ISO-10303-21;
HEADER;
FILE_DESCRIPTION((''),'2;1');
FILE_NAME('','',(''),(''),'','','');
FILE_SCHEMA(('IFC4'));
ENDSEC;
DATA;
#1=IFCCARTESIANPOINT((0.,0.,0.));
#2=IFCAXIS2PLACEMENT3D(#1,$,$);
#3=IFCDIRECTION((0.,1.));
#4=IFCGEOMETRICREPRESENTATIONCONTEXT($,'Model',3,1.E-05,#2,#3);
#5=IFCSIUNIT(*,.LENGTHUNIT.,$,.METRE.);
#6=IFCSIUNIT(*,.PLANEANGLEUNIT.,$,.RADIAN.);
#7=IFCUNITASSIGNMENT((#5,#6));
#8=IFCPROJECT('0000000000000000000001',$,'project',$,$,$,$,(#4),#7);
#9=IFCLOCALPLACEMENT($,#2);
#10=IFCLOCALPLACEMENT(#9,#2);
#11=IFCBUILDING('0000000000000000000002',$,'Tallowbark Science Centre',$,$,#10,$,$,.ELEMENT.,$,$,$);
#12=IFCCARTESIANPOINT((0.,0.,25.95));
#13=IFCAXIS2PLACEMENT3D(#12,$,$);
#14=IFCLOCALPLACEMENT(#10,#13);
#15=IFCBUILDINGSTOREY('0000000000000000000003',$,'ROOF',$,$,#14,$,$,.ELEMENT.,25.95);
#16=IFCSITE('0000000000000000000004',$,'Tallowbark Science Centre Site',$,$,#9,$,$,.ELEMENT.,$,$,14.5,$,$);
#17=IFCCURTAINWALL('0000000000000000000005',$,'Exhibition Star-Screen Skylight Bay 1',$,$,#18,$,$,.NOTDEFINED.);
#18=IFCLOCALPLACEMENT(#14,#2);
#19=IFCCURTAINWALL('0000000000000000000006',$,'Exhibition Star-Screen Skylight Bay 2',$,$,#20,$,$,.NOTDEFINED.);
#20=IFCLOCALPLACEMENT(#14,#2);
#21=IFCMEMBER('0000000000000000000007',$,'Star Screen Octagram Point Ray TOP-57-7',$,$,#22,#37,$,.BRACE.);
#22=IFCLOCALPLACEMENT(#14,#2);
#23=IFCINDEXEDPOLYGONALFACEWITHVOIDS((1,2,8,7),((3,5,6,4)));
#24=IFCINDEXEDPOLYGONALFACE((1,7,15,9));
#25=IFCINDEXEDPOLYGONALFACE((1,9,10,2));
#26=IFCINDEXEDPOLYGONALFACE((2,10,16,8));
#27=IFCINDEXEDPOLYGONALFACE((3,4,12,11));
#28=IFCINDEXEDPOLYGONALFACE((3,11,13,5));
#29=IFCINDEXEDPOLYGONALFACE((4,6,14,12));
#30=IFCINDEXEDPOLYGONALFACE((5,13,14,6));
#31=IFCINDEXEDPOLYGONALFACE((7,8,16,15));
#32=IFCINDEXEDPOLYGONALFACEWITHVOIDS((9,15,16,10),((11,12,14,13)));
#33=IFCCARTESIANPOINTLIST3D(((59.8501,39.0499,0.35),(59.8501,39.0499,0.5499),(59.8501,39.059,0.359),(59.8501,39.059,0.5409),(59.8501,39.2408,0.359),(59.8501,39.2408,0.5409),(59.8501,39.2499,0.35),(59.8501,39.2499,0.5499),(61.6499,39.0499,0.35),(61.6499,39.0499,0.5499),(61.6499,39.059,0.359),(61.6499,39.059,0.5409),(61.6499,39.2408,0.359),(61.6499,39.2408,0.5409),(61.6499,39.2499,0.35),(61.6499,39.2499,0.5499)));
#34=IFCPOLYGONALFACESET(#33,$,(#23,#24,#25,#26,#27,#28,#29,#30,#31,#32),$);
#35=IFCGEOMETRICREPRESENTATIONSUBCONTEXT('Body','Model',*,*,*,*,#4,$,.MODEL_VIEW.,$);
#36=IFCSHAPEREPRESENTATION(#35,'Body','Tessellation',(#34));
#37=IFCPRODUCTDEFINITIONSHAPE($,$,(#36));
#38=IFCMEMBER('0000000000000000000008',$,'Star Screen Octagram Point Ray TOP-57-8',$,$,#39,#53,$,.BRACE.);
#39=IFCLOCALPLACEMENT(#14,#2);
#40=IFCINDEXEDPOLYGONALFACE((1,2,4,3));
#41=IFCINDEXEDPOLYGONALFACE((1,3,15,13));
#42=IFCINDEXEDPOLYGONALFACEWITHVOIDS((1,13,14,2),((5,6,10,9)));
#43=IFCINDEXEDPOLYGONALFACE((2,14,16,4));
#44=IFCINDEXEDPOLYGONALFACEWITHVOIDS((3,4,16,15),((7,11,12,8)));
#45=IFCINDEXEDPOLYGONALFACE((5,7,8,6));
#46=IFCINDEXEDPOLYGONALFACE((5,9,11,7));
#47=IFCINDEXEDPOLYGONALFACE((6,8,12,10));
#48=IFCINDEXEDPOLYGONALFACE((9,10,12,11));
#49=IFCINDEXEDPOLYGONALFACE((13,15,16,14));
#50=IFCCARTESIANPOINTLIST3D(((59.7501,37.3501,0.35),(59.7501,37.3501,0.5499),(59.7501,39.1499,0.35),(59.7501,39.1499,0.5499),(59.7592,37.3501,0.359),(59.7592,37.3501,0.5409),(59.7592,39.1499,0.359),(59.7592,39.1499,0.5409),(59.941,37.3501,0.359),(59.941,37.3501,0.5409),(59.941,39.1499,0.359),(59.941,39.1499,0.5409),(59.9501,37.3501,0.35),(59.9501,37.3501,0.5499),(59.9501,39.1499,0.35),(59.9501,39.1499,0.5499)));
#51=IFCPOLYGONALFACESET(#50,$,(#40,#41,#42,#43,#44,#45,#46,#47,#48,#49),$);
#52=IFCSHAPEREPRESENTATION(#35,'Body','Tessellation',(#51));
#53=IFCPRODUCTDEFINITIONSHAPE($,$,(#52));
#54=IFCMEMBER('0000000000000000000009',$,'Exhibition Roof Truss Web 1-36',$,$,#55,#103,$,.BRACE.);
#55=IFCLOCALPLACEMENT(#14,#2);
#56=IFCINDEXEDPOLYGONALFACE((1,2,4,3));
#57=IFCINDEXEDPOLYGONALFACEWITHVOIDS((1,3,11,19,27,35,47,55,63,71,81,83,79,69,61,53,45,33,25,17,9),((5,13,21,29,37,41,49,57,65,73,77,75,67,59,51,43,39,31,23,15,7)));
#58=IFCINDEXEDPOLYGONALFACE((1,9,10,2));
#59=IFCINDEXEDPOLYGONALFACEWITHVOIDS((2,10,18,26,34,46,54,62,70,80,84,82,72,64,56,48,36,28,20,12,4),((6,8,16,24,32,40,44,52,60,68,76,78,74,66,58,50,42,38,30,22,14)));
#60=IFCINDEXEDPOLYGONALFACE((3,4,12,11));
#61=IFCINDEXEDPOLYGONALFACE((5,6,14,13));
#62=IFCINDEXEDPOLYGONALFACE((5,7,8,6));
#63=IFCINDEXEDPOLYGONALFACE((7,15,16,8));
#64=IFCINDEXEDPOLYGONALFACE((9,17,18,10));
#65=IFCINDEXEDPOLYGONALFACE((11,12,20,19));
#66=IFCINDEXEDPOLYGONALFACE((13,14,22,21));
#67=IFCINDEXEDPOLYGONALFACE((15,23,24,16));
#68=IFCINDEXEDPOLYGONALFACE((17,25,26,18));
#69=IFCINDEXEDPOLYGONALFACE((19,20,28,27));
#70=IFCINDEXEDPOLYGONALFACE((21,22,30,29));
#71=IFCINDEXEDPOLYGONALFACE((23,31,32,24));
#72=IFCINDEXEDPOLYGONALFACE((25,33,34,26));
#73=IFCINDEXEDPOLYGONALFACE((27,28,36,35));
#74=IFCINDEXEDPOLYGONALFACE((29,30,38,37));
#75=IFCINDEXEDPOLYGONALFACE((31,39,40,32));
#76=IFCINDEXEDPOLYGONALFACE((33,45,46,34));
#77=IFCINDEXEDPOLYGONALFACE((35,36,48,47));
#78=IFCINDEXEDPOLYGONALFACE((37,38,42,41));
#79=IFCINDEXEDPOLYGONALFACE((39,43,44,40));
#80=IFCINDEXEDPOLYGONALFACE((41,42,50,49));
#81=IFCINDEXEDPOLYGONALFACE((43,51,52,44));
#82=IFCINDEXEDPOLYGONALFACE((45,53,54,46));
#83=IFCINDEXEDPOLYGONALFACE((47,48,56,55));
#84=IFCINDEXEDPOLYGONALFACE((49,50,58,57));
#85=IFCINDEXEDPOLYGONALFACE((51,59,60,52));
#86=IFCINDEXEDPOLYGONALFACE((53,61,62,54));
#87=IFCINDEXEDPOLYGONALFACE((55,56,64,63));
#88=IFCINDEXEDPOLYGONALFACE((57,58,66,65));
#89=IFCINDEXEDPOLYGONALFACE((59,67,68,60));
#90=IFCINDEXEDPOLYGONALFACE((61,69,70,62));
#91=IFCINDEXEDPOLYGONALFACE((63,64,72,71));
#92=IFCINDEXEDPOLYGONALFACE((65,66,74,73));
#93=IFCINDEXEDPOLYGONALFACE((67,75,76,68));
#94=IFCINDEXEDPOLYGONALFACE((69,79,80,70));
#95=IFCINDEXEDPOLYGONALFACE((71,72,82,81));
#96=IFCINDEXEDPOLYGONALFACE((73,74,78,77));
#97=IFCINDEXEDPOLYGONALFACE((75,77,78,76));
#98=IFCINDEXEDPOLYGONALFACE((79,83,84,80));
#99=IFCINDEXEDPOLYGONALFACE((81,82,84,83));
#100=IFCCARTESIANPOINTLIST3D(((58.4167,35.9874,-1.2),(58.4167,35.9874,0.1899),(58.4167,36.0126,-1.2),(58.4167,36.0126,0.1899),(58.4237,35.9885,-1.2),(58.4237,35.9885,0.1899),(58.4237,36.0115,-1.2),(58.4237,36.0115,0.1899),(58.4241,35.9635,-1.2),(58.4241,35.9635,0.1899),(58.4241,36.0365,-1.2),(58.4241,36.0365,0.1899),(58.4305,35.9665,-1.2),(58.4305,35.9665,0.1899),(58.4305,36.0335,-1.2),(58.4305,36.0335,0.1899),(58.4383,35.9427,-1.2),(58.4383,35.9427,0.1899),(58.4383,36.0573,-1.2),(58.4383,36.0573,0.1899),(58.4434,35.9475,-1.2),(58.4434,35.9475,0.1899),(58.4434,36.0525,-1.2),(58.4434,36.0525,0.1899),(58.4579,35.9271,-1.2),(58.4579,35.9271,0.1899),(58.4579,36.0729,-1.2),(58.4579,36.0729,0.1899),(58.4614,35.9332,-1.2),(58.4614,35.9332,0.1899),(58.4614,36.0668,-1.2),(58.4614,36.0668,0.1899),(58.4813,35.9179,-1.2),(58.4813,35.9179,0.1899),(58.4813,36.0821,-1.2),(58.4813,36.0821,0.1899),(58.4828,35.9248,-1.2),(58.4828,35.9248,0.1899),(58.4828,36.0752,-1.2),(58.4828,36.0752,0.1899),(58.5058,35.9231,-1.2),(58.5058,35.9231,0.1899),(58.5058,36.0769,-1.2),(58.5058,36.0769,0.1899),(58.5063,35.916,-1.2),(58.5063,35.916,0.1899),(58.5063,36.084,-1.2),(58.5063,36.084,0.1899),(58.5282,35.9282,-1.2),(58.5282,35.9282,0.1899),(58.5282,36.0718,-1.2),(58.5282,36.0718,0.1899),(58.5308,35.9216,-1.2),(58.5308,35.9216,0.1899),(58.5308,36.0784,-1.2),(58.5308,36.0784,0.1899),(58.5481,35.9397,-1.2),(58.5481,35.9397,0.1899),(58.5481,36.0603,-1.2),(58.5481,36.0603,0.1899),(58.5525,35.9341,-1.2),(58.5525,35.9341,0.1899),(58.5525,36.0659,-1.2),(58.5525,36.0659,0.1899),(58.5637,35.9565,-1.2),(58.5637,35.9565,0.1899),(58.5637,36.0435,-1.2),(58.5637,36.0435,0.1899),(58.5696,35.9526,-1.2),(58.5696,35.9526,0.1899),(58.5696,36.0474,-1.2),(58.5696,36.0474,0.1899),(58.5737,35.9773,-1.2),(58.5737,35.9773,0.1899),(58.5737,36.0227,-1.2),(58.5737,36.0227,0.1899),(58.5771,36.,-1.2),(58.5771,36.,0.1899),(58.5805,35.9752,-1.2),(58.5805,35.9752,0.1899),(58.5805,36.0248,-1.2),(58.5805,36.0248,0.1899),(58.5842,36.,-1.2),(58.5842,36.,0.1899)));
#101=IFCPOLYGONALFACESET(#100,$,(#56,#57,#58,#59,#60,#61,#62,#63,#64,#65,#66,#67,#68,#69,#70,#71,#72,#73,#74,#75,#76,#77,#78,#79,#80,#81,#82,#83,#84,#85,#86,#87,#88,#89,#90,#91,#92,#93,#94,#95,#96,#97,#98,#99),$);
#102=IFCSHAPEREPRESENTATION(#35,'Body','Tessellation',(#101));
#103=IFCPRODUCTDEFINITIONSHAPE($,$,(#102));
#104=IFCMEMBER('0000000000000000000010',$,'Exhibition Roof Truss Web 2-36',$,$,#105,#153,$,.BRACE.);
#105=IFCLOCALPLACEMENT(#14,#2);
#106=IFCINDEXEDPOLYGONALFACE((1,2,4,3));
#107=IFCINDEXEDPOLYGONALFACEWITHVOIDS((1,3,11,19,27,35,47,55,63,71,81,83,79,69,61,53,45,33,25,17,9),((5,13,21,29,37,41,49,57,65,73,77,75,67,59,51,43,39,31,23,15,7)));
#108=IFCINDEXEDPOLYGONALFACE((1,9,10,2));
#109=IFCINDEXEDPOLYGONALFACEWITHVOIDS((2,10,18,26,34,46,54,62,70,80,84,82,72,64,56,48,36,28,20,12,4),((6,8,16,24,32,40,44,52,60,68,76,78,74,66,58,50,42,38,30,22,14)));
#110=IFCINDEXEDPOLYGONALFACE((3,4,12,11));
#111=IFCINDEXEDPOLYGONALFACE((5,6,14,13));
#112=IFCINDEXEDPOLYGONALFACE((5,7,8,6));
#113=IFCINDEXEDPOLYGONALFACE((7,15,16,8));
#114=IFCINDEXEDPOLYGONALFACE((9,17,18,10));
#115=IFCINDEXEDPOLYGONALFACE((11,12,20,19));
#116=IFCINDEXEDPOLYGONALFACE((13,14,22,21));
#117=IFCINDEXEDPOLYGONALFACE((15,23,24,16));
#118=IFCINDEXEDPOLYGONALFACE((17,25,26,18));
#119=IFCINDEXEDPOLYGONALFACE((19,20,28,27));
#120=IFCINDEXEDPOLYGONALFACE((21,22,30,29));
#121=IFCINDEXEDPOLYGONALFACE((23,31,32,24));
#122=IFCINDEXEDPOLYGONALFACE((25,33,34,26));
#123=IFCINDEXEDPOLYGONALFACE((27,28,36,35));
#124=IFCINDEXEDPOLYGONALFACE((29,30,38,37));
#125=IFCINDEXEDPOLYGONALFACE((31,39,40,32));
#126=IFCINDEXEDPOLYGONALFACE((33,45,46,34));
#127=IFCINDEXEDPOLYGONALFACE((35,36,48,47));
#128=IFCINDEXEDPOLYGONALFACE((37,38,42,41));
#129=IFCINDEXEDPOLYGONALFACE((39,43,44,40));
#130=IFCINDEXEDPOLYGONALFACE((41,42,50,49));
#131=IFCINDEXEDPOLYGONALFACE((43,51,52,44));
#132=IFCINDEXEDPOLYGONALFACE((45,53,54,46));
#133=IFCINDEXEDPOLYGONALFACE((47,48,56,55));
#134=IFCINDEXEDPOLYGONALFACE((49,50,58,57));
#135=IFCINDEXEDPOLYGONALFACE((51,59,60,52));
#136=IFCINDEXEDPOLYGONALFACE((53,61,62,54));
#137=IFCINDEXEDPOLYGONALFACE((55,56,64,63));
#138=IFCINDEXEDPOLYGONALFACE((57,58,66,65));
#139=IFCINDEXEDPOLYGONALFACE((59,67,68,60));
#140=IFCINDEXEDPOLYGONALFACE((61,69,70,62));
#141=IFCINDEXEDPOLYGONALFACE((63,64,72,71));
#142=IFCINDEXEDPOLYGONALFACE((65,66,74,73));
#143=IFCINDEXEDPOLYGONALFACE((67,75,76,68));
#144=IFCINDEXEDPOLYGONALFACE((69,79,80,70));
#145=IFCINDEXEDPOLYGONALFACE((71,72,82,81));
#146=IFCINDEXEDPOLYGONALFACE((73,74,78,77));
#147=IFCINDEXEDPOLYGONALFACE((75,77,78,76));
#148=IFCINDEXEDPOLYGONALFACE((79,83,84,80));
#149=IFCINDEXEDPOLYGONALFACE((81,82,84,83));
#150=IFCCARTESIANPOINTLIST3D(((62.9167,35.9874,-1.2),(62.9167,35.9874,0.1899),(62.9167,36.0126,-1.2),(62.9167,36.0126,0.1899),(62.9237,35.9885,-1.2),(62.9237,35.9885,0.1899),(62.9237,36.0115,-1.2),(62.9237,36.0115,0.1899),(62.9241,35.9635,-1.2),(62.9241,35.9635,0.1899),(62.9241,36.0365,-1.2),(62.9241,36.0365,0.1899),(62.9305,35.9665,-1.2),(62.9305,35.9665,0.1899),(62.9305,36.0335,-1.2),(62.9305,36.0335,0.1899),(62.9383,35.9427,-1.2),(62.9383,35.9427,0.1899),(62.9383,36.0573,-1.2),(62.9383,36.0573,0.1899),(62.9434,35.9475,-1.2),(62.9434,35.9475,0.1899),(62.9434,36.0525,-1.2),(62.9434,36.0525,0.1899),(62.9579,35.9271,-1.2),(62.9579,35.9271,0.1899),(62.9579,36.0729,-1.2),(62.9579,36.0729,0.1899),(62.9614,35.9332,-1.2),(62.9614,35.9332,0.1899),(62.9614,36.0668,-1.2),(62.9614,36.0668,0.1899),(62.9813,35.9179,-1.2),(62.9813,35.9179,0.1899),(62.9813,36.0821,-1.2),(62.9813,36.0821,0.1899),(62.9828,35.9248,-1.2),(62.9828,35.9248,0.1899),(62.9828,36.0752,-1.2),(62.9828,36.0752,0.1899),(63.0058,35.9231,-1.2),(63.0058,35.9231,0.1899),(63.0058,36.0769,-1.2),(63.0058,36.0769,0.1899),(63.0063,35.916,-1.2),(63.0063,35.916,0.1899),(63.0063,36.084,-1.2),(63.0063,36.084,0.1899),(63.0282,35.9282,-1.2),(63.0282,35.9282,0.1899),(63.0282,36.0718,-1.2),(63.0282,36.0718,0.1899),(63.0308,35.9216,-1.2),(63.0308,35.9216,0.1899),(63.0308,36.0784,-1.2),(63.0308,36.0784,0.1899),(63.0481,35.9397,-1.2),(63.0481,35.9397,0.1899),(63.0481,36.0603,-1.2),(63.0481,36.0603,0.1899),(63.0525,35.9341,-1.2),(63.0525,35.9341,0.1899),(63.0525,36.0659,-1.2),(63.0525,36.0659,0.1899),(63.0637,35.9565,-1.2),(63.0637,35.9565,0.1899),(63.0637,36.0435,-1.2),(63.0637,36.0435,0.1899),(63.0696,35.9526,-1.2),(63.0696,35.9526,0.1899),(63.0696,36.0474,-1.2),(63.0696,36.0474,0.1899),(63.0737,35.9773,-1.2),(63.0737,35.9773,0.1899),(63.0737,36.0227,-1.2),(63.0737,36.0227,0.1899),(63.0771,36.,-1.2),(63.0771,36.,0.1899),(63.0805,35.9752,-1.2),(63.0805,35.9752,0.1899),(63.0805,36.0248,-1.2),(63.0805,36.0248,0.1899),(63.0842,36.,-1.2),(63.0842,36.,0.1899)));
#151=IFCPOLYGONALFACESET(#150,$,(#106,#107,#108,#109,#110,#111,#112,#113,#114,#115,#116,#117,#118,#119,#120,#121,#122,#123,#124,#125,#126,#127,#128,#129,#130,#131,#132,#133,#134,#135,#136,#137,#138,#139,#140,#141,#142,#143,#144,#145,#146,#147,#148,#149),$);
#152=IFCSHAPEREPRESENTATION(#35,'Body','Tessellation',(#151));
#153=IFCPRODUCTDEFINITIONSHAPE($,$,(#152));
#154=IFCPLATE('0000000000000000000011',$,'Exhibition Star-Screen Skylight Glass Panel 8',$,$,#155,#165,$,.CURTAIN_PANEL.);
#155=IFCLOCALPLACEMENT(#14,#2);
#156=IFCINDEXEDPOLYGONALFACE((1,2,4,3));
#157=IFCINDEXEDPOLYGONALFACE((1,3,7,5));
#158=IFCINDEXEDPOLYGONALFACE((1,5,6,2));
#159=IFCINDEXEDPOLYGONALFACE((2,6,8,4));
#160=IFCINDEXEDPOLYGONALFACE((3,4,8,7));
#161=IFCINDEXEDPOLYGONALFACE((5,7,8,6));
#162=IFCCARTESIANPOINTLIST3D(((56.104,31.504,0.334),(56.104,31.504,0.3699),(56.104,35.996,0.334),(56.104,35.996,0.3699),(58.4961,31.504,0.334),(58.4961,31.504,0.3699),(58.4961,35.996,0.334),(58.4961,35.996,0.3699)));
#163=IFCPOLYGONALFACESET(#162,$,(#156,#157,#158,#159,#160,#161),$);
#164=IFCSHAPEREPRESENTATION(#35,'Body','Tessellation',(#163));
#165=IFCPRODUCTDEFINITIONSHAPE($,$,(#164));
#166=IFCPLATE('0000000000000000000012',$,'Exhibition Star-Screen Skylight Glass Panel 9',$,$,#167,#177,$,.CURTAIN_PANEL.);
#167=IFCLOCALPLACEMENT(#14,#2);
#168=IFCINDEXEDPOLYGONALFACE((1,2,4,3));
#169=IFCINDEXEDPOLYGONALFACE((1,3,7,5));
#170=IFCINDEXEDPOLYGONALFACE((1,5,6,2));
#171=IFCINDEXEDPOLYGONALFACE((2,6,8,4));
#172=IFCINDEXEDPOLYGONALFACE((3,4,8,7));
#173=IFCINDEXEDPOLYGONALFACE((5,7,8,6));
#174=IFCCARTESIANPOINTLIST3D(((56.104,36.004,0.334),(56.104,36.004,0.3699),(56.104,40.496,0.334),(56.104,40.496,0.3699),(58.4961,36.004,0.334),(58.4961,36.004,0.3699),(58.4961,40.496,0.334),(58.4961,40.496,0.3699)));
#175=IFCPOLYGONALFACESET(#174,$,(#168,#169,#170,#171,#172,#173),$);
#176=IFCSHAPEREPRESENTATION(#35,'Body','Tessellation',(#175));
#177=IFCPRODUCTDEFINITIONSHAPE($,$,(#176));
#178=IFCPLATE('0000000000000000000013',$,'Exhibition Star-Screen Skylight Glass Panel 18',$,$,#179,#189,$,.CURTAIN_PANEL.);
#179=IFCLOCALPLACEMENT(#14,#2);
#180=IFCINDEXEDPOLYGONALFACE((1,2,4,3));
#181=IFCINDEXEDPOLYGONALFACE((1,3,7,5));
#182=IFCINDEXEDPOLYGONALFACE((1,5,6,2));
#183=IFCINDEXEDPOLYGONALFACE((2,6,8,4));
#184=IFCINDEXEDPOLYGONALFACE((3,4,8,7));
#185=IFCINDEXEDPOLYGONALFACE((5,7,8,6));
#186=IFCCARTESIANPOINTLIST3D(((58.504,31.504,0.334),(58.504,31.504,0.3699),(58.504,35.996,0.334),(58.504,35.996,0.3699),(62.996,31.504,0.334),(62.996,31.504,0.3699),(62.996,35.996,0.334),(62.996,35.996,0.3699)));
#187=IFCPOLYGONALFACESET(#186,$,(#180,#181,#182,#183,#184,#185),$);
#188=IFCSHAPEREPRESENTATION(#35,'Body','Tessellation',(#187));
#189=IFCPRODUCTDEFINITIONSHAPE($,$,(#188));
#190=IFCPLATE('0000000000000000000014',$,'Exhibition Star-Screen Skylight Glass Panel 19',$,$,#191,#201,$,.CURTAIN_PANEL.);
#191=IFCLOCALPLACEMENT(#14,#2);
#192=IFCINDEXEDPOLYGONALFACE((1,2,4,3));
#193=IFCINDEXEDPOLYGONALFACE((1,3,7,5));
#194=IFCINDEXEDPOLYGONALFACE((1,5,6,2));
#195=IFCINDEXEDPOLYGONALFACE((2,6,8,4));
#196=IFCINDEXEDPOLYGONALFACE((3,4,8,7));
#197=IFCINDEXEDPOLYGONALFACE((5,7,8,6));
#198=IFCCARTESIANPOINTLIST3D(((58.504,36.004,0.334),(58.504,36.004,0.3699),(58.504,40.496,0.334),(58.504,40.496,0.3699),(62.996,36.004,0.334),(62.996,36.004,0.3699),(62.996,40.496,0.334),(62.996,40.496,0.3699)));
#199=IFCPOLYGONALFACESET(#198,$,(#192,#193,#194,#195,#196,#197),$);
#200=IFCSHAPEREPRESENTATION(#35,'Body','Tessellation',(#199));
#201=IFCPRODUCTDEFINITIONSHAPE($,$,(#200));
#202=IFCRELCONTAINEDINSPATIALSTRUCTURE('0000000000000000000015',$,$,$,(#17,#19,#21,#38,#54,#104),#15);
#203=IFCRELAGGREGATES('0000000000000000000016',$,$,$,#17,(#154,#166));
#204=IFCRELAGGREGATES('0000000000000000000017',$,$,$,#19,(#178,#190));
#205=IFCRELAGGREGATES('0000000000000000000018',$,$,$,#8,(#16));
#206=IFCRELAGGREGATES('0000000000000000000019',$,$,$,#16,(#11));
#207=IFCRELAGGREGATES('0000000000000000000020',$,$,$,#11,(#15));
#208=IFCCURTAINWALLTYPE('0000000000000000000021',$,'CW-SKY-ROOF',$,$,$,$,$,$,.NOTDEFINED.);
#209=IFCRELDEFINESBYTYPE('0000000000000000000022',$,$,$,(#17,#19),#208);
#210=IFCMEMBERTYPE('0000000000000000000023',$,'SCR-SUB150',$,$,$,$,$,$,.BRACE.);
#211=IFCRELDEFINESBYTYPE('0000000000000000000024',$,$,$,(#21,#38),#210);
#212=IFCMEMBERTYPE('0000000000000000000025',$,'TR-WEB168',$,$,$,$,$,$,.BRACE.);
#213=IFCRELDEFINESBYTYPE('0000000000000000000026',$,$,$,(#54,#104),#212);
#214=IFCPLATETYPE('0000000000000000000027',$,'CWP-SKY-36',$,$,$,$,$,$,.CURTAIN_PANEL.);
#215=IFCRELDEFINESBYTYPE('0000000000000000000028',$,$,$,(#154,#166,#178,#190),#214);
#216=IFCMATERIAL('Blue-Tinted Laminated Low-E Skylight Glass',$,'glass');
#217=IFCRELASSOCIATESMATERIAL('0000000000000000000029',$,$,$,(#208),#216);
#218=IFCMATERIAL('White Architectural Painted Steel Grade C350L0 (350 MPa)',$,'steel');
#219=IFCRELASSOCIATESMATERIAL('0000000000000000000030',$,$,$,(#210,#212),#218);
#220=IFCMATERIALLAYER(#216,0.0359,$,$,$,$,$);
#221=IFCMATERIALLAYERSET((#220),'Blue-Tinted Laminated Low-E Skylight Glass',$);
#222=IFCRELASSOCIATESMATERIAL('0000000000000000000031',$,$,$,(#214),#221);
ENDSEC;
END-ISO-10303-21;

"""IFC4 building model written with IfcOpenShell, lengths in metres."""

from ifc_helpers import new_model, si_unit, direction, frame, origin, origin_2d, place, context, subcontext, project, spatial, rectangle, hollow_rectangle, hollow_circle, extrude, material, layer, layer_set, material_profile, profile_set, type_object, element, aggregate, save


model = new_model("IFC4")

# Units and contexts
model_context = context("Model", 3, precision=1e-05, world=origin(), true_north=direction((0.0, 1.0)))
body_context = subcontext(model_context, "Body", "Model", "MODEL_VIEW")
ifc_project = project(units=[si_unit("LENGTHUNIT", "METRE"), si_unit("PLANEANGLEUNIT", "RADIAN")], contexts=[model_context])

# Site, building, storey
site_placement = place(None, origin())
site = spatial("IfcSite", under=ifc_project, at=site_placement, Name="Tallowbark Science Centre Site", CompositionType="ELEMENT", RefElevation=14.5)
building_placement = place(site_placement, origin())
building = spatial("IfcBuilding", under=site, at=building_placement, Name="Tallowbark Science Centre", CompositionType="ELEMENT")
storey_placement = place(building_placement, frame((0.0, 0.0, 25.95)))
storey = spatial("IfcBuildingStorey", under=building, at=storey_placement, Name="ROOF", CompositionType="ELEMENT", Elevation=25.95)

# Shared definitions
ifc_material_1 = material(Name="White Architectural Painted Steel Grade C350L0 (350 MPa)", Category="steel")

# Curtain walls
ifc_material_2 = material(Name="Blue-Tinted Laminated Low-E Skylight Glass", Category="glass")
curtain_wall_type = type_object("IfcCurtainWallType", Name="CW-SKY-ROOF", PredefinedType="NOTDEFINED", material=ifc_material_2)
curtain_wall_1_placement = place(storey_placement, origin())
curtain_wall_1 = element("IfcCurtainWall", 1, at=curtain_wall_1_placement, inside=storey, type_object=curtain_wall_type, Name="Exhibition Star-Screen Skylight Bay 1", PredefinedType="NOTDEFINED")
curtain_wall_2_placement = place(storey_placement, origin())
curtain_wall_2 = element("IfcCurtainWall", 2, at=curtain_wall_2_placement, inside=storey, type_object=curtain_wall_type, Name="Exhibition Star-Screen Skylight Bay 2", PredefinedType="NOTDEFINED")

# Members
ifc_material_profile_1 = material_profile(ifc_material_1, hollow_rectangle(XDim=0.2, YDim=0.2, WallThickness=0.009, at=origin_2d()), Name="200x200x9.0SHS")
ifc_profile_set_1 = profile_set([ifc_material_profile_1], Name="White Architectural Painted Steel Grade C350L0 (350 MPa)")
member_type_1 = type_object("IfcMemberType", Name="SCR-SUB150", PredefinedType="BRACE", material=ifc_profile_set_1)
for number, where, z_axis, x_axis, name in (
    (3, (59.8501, 39.1499, 0.45), (1.0, 0.0, 0.0), (0.0, 1.0, 0.0), "Star Screen Octagram Point Ray TOP-57-7"),
    (4, (59.8501, 39.1499, 0.45), (0.0, -1.0, 0.0), (1.0, 0.0, 0.0), "Star Screen Octagram Point Ray TOP-57-8"),
):
    element("IfcMember", number, at=place(storey_placement, frame(where, z_axis=z_axis, x_axis=x_axis)), inside=storey, type_object=member_type_1, Name=name, PredefinedType="BRACE", context=body_context, shape_type="SweptSolid", body=[
        extrude(hollow_rectangle(XDim=0.2, YDim=0.2, WallThickness=0.009, at=origin_2d()), origin(), (0.0, 0.0, 1.0), 1.7998),
    ])
ifc_material_profile_2 = material_profile(ifc_material_1, hollow_circle(Radius=0.0842, WallThickness=0.0071, at=origin_2d()), Name="168.3x7.1CHS")
ifc_profile_set_2 = profile_set([ifc_material_profile_2], Name="White Architectural Painted Steel Grade C350L0 (350 MPa)")
member_type_2 = type_object("IfcMemberType", Name="TR-WEB168", PredefinedType="BRACE", material=ifc_profile_set_2)
for number, where, z_axis, x_axis, name in (
    (5, (58.5, 36.0, -1.2), (0.0, 0.0, 1.0), (1.0, 0.0, 0.0), "Exhibition Roof Truss Web 1-36"),
    (6, (63.0, 36.0, -1.2), (0.0, 0.0, 1.0), (1.0, 0.0, 0.0), "Exhibition Roof Truss Web 2-36"),
):
    element("IfcMember", number, at=place(storey_placement, frame(where, z_axis=z_axis, x_axis=x_axis)), inside=storey, type_object=member_type_2, Name=name, PredefinedType="BRACE", context=body_context, shape_type="SweptSolid", body=[
        extrude(hollow_circle(Radius=0.0842, WallThickness=0.0071, at=origin_2d()), origin(), (0.0, 0.0, 1.0), 1.3899),
    ])

# Plates
ifc_layer_1 = layer(ifc_material_2, 0.0359)
ifc_layer_set_1 = layer_set([ifc_layer_1], Name="Blue-Tinted Laminated Low-E Skylight Glass")
plate_type_1 = type_object("IfcPlateType", Name="CWP-SKY-36", PredefinedType="CURTAIN_PANEL", material=ifc_layer_set_1)
plate_1_placement = place(storey_placement, frame((57.3, 33.75, 0.334), z_axis=(0.0, 0.0, 1.0), x_axis=(1.0, 0.0, 0.0)))
plate_1 = element("IfcPlate", 7, at=plate_1_placement, type_object=plate_type_1, Name="Exhibition Star-Screen Skylight Glass Panel 8", PredefinedType="CURTAIN_PANEL", context=body_context, shape_type="SweptSolid", body=[
    extrude(rectangle(XDim=2.3921, YDim=4.4919, at=origin_2d()), origin(), (0.0, 0.0, 1.0), 0.0359),
])
plate_2_placement = place(storey_placement, frame((57.3, 38.25, 0.334), z_axis=(0.0, 0.0, 1.0), x_axis=(1.0, 0.0, 0.0)))
plate_2 = element("IfcPlate", 8, at=plate_2_placement, type_object=plate_type_1, Name="Exhibition Star-Screen Skylight Glass Panel 9", PredefinedType="CURTAIN_PANEL", context=body_context, shape_type="SweptSolid", body=[
    extrude(rectangle(XDim=2.3921, YDim=4.4919, at=origin_2d()), origin(), (0.0, 0.0, 1.0), 0.0359),
])
aggregate(curtain_wall_1, [plate_1, plate_2])
plate_3_placement = place(storey_placement, frame((60.75, 33.75, 0.334), z_axis=(0.0, 0.0, 1.0), x_axis=(1.0, 0.0, 0.0)))
plate_3 = element("IfcPlate", 9, at=plate_3_placement, type_object=plate_type_1, Name="Exhibition Star-Screen Skylight Glass Panel 18", PredefinedType="CURTAIN_PANEL", context=body_context, shape_type="SweptSolid", body=[
    extrude(rectangle(XDim=4.4919, YDim=4.4919, at=origin_2d()), origin(), (0.0, 0.0, 1.0), 0.0359),
])
plate_4_placement = place(storey_placement, frame((60.75, 38.25, 0.334), z_axis=(0.0, 0.0, 1.0), x_axis=(1.0, 0.0, 0.0)))
plate_4 = element("IfcPlate", 10, at=plate_4_placement, type_object=plate_type_1, Name="Exhibition Star-Screen Skylight Glass Panel 19", PredefinedType="CURTAIN_PANEL", context=body_context, shape_type="SweptSolid", body=[
    extrude(rectangle(XDim=4.4919, YDim=4.4919, at=origin_2d()), origin(), (0.0, 0.0, 1.0), 0.0359),
])
aggregate(curtain_wall_2, [plate_3, plate_4])

save(model, "model.ifc")
